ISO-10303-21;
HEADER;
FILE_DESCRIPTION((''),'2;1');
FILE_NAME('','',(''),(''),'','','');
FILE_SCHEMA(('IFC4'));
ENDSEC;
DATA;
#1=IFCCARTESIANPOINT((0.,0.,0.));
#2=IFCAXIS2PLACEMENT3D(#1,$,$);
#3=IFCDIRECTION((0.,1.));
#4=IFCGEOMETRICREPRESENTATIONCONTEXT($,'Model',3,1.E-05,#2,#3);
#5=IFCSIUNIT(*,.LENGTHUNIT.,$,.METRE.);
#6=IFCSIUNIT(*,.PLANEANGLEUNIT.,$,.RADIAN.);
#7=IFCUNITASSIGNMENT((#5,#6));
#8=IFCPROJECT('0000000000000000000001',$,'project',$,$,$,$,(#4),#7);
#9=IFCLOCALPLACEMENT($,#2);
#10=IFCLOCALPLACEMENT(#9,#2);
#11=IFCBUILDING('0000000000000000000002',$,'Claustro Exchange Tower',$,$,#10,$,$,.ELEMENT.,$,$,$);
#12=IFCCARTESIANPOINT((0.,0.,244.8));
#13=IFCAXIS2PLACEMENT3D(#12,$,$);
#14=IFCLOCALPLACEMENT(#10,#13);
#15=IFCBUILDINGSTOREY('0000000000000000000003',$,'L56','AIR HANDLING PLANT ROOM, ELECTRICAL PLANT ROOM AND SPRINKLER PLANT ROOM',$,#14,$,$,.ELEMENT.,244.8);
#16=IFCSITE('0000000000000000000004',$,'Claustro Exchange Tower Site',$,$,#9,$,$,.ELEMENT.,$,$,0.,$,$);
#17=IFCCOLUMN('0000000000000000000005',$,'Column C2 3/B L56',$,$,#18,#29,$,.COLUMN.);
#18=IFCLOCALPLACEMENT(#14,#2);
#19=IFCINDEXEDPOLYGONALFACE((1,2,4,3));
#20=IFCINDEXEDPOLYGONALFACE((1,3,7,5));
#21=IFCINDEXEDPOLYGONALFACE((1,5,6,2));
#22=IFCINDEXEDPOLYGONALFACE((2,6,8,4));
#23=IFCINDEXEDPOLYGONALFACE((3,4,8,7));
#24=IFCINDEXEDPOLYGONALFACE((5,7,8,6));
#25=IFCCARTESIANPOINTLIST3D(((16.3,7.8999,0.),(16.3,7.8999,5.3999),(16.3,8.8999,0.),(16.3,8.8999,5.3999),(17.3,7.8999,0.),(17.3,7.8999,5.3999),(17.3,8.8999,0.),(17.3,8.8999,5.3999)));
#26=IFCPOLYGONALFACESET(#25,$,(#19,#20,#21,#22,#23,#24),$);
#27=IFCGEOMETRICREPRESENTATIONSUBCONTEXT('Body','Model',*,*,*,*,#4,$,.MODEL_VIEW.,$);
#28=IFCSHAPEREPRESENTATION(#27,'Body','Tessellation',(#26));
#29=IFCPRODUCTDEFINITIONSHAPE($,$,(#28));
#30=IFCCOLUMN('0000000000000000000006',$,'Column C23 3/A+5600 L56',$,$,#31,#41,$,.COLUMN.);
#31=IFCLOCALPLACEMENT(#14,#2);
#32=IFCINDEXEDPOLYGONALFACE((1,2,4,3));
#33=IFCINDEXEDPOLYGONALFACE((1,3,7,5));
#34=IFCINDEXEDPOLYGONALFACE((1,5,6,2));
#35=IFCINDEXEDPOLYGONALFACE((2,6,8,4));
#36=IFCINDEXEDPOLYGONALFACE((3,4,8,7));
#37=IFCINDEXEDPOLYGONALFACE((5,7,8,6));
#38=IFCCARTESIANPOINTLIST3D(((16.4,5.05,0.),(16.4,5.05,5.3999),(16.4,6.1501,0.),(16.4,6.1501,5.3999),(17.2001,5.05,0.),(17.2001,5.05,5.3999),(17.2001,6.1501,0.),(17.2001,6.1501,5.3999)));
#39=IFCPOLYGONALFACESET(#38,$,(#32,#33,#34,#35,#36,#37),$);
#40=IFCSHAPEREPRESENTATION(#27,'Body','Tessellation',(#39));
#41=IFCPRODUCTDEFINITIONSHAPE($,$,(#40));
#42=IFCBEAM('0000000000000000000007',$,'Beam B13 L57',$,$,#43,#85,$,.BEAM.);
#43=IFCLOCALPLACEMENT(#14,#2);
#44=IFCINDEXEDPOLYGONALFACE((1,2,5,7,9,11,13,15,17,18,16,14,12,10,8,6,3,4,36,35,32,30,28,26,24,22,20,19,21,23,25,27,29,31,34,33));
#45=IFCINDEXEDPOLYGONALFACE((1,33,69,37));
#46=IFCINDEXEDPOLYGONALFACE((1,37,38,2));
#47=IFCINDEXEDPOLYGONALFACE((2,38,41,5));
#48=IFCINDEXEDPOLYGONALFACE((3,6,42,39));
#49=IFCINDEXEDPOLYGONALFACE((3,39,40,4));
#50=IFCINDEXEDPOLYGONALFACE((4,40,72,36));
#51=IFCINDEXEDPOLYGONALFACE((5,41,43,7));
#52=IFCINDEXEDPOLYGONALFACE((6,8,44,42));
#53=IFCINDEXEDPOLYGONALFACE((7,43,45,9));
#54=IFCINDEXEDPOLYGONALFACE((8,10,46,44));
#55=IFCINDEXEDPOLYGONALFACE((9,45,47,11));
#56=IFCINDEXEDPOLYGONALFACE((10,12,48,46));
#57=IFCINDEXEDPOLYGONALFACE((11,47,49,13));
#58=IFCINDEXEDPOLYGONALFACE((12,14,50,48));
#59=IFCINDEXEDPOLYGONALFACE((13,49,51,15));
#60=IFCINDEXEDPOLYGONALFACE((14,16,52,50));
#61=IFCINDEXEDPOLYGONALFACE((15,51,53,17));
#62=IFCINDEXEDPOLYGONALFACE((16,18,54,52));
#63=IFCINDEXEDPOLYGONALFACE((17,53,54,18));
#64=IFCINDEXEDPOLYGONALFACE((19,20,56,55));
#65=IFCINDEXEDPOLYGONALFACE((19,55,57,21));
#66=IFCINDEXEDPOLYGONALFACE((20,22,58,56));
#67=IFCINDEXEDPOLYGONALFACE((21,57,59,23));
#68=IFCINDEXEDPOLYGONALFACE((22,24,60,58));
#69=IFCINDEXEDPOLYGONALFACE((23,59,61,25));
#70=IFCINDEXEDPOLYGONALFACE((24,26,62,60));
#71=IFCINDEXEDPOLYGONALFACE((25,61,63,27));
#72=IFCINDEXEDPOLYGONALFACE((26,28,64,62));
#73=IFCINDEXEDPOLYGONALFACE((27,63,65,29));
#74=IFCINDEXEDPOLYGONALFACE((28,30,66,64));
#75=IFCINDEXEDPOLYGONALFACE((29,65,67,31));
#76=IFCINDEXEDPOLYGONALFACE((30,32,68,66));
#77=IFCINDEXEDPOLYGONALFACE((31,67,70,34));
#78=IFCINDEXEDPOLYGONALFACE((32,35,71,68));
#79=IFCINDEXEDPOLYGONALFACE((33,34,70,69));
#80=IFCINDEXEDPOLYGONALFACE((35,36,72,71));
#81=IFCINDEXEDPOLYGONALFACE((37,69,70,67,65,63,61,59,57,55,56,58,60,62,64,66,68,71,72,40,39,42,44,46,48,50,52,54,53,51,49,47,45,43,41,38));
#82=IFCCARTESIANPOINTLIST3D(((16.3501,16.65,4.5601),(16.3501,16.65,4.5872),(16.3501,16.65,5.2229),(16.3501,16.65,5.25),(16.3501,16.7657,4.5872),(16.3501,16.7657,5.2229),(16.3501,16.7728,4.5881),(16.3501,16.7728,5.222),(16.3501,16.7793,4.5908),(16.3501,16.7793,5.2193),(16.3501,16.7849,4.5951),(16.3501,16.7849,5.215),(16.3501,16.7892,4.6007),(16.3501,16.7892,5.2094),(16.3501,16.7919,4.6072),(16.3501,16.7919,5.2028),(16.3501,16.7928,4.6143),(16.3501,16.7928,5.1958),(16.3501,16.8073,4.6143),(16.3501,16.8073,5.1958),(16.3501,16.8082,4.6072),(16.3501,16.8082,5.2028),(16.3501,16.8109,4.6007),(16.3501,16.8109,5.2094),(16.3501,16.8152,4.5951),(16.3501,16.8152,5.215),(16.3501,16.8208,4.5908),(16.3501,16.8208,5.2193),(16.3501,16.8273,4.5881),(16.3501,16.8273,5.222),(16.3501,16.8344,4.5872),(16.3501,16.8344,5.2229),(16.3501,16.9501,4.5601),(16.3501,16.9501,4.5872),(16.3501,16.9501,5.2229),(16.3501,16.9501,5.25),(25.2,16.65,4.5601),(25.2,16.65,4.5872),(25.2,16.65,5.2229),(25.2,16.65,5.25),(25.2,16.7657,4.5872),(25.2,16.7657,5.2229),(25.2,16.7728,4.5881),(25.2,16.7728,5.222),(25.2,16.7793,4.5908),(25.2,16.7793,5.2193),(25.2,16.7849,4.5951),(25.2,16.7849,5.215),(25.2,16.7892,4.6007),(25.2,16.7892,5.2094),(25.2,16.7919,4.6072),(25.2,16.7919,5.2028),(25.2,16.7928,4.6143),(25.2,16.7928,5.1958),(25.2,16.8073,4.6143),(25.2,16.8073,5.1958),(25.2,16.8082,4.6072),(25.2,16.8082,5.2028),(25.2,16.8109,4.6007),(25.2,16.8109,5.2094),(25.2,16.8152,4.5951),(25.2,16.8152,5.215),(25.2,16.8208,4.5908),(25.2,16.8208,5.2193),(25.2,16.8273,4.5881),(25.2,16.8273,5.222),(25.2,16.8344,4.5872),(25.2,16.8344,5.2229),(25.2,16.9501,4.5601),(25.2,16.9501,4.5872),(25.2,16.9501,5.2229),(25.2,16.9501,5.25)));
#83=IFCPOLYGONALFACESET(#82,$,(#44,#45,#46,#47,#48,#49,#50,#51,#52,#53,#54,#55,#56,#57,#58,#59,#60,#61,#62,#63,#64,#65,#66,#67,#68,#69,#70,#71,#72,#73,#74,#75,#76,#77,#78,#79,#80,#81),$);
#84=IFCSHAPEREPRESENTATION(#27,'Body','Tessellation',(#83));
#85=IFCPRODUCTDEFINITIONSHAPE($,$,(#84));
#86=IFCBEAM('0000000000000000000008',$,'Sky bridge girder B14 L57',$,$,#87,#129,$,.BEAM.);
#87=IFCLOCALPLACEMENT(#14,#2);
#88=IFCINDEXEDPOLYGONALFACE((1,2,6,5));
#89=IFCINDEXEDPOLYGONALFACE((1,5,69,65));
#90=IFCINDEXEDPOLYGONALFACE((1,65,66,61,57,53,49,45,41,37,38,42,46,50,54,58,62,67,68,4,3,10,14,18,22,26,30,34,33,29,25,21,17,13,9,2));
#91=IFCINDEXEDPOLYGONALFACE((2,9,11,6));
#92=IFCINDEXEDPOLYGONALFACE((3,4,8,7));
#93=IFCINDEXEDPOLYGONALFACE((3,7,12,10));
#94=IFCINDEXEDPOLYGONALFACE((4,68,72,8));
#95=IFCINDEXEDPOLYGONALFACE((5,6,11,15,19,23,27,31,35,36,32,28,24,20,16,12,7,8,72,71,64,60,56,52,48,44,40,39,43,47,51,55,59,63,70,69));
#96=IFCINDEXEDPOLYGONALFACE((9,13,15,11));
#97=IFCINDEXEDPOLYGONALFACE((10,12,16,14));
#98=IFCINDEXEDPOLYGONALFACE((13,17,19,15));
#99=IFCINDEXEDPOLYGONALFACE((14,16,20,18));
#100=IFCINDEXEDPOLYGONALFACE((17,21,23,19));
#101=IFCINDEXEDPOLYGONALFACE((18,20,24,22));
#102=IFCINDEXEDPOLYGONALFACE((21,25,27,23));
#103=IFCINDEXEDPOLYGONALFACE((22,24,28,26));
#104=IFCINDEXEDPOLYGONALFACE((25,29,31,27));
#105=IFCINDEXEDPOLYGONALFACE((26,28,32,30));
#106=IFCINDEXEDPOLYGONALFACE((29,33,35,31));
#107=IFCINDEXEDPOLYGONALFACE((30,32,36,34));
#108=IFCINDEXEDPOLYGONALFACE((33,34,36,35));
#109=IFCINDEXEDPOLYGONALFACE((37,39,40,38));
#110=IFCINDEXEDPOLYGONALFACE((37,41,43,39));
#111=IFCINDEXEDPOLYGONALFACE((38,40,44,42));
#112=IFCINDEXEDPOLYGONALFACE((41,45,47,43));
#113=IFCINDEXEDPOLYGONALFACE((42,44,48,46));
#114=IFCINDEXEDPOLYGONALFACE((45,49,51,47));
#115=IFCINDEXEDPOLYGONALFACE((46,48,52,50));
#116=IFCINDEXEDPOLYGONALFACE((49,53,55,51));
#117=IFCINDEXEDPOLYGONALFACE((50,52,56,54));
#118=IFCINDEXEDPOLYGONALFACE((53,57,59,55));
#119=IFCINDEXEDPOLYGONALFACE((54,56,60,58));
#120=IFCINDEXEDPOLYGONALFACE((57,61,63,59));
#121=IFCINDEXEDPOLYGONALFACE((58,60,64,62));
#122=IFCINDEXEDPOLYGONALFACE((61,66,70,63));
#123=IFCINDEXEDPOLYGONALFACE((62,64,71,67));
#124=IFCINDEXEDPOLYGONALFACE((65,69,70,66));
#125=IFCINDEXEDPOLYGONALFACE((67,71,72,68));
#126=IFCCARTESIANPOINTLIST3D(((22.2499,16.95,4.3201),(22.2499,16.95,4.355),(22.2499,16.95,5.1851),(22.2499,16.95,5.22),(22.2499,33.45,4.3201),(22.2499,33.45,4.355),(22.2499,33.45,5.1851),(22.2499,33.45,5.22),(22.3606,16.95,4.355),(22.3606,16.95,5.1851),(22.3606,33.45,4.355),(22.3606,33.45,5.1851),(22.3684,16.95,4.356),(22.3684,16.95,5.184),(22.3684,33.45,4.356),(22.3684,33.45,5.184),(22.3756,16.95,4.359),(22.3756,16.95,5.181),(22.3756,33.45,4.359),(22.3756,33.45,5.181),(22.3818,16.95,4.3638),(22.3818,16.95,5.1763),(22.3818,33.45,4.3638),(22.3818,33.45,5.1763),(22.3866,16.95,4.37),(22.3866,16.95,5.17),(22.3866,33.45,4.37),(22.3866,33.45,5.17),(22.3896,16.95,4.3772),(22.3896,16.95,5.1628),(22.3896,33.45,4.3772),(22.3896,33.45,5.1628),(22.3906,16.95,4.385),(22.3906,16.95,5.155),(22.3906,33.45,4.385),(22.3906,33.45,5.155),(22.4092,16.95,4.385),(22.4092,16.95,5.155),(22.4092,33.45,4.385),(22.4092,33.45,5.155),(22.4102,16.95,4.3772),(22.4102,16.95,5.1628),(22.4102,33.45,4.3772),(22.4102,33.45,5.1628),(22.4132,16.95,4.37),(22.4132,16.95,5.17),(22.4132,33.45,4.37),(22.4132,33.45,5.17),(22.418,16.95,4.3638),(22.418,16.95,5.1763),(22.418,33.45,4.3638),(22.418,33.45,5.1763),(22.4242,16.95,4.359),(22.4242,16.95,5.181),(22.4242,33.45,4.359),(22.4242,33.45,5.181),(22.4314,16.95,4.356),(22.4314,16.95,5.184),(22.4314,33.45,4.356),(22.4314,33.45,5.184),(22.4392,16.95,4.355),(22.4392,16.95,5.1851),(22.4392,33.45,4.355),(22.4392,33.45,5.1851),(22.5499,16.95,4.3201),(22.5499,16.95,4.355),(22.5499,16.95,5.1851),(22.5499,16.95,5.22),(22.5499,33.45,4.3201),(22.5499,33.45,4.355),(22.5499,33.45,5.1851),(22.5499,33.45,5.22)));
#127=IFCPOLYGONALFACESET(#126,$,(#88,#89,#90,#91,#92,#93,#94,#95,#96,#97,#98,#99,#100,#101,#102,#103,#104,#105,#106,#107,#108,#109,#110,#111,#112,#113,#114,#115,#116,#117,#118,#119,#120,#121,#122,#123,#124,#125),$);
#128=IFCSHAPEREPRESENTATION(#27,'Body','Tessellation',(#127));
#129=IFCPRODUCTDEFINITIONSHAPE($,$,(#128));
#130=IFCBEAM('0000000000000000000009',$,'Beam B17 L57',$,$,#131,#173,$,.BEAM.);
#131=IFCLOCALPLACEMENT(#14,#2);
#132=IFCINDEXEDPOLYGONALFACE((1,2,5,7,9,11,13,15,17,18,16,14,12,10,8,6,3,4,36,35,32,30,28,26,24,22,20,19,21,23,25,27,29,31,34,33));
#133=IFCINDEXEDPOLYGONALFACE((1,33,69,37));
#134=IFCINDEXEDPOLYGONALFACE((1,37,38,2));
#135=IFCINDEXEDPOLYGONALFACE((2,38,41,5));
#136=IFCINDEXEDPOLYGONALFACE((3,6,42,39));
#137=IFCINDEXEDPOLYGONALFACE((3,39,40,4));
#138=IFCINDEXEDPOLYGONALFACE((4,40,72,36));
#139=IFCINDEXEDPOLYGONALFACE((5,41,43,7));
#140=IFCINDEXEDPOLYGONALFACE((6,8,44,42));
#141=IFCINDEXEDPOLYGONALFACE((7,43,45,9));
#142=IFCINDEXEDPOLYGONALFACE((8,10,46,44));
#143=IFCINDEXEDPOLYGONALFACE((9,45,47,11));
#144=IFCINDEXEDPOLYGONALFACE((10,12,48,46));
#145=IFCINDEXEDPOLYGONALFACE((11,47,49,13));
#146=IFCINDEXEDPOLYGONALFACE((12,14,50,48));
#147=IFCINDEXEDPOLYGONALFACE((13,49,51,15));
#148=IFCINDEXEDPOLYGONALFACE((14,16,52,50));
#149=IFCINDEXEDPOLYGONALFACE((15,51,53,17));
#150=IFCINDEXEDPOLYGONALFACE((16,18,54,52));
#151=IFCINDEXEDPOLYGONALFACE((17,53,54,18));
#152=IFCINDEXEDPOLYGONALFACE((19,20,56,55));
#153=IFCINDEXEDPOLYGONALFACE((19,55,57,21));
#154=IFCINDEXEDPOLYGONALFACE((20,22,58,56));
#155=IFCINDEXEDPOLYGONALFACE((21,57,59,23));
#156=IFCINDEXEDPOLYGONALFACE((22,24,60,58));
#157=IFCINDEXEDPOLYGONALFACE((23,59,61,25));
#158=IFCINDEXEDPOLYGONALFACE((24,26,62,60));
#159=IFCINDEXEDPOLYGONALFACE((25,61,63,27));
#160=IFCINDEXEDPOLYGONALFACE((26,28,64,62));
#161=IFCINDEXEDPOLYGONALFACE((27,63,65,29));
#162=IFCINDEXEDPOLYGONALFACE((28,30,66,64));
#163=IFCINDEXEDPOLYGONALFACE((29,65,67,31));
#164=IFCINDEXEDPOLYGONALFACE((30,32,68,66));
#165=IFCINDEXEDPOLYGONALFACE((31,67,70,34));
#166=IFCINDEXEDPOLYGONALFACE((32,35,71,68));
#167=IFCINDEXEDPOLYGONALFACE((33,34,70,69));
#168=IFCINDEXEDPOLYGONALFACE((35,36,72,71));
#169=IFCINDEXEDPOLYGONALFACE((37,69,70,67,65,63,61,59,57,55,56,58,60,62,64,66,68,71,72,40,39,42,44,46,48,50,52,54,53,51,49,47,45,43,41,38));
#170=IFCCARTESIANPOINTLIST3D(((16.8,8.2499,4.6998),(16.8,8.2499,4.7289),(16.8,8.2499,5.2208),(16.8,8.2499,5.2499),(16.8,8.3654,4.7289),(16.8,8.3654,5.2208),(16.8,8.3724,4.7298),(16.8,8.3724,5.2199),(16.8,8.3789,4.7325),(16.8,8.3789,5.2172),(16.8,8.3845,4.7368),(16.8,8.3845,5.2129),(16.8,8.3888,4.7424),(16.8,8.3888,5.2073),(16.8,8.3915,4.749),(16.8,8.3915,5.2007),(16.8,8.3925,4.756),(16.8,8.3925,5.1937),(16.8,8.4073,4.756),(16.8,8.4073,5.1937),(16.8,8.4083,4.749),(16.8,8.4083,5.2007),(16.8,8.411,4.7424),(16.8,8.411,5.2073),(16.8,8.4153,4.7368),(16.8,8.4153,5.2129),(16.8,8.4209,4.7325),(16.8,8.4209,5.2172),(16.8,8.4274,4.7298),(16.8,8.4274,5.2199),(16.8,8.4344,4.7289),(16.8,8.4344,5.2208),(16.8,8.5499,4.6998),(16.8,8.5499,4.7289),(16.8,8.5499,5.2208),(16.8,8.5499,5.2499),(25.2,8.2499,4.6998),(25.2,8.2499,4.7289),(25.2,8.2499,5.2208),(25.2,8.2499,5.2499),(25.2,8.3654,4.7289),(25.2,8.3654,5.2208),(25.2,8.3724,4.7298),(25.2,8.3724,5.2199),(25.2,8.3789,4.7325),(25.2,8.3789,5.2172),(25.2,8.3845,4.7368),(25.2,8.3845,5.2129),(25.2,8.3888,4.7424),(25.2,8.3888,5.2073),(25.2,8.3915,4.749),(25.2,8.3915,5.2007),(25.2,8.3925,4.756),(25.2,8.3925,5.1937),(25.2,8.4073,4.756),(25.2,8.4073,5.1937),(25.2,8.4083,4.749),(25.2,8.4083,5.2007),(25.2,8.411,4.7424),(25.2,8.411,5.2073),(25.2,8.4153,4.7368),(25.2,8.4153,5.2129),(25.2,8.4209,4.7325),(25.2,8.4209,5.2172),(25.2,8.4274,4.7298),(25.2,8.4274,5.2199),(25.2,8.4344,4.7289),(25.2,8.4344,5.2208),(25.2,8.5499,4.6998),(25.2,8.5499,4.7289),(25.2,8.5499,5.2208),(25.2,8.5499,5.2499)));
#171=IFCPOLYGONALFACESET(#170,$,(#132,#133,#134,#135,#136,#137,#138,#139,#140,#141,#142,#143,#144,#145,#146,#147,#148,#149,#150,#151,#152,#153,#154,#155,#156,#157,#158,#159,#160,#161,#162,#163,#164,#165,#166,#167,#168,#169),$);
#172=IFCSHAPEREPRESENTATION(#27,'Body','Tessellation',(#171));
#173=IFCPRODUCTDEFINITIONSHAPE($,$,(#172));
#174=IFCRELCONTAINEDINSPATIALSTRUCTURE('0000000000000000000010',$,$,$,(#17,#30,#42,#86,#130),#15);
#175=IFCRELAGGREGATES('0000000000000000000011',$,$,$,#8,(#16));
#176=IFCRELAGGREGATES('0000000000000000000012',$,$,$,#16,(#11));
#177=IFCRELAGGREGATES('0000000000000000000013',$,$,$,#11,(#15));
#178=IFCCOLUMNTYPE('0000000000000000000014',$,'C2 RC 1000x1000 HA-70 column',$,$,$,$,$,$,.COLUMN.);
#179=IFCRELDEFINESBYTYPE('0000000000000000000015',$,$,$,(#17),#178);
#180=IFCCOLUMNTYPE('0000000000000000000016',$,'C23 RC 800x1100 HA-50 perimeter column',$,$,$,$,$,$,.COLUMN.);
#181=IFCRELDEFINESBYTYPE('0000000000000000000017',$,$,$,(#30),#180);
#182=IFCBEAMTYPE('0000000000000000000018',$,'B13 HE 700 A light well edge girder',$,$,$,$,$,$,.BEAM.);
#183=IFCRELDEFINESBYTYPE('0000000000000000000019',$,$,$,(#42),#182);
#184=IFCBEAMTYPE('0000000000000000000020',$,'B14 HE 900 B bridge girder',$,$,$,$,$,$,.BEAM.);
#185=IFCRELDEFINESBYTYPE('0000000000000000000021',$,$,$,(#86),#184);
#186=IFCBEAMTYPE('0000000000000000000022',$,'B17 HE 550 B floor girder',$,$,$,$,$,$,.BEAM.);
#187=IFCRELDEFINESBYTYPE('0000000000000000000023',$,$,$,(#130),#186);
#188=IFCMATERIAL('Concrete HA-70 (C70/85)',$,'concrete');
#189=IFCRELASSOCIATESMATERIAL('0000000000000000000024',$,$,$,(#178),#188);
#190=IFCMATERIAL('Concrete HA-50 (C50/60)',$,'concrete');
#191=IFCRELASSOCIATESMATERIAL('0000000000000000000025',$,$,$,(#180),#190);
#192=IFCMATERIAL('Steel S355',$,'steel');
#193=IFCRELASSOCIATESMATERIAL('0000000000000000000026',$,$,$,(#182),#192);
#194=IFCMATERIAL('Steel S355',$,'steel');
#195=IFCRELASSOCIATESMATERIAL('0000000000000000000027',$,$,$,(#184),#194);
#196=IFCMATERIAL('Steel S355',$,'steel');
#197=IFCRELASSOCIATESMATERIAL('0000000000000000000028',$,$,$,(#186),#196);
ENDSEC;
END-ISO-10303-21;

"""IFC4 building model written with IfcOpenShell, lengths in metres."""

from ifc_helpers import new_model, si_unit, direction, frame, origin, origin_2d, place, context, subcontext, project, spatial, rectangle, i_section, extrude, material, material_profile, profile_set, type_object, element, save


model = new_model("IFC4")

# Units and contexts
model_context = context("Model", 3, precision=1e-05, world=origin(), true_north=direction((0.0, 1.0)))
body_context = subcontext(model_context, "Body", "Model", "MODEL_VIEW")
ifc_project = project(units=[si_unit("LENGTHUNIT", "METRE"), si_unit("PLANEANGLEUNIT", "RADIAN")], contexts=[model_context])

# Site, building, storey
site_placement = place(None, origin())
site = spatial("IfcSite", under=ifc_project, at=site_placement, Name="Claustro Exchange Tower Site", CompositionType="ELEMENT", RefElevation=0.0)
building_placement = place(site_placement, origin())
building = spatial("IfcBuilding", under=site, at=building_placement, Name="Claustro Exchange Tower", CompositionType="ELEMENT")
storey_placement = place(building_placement, frame((0.0, 0.0, 244.8)))
storey = spatial("IfcBuildingStorey", under=building, at=storey_placement, Name="L56", Description="AIR HANDLING PLANT ROOM, ELECTRICAL PLANT ROOM AND SPRINKLER PLANT ROOM", CompositionType="ELEMENT", Elevation=244.8)

# Columns
ifc_material_1 = material(Name="Concrete HA-70 (C70/85)", Category="concrete")
ifc_material_profile_1 = material_profile(ifc_material_1, rectangle(XDim=1.0, YDim=1.0, at=origin_2d()), Name="RC 1000x1000")
ifc_profile_set_1 = profile_set([ifc_material_profile_1], Name="Concrete HA-70 (C70/85)")
column_type_1 = type_object("IfcColumnType", Name="C2 RC 1000x1000 HA-70 column", PredefinedType="COLUMN", material=ifc_profile_set_1)
column_1_placement = place(storey_placement, frame((16.8, 8.3999, 0.0), z_axis=(0.0, 0.0, 1.0), x_axis=(1.0, 0.0, 0.0)))
element("IfcColumn", 1, at=column_1_placement, inside=storey, type_object=column_type_1, Name="Column C2 3/B L56", PredefinedType="COLUMN", context=body_context, shape_type="SweptSolid", body=[
    extrude(rectangle(XDim=1.0, YDim=1.0, at=origin_2d()), origin(), (0.0, 0.0, 1.0), 5.3999),
])
ifc_material_2 = material(Name="Concrete HA-50 (C50/60)", Category="concrete")
ifc_material_profile_2 = material_profile(ifc_material_2, rectangle(XDim=0.8, YDim=1.1001, at=origin_2d()), Name="RC 800x1100")
ifc_profile_set_2 = profile_set([ifc_material_profile_2], Name="Concrete HA-50 (C50/60)")
column_type_2 = type_object("IfcColumnType", Name="C23 RC 800x1100 HA-50 perimeter column", PredefinedType="COLUMN", material=ifc_profile_set_2)
column_2_placement = place(storey_placement, frame((16.8, 5.6001, 0.0), z_axis=(0.0, 0.0, 1.0), x_axis=(1.0, 0.0, 0.0)))
element("IfcColumn", 2, at=column_2_placement, inside=storey, type_object=column_type_2, Name="Column C23 3/A+5600 L56", PredefinedType="COLUMN", context=body_context, shape_type="SweptSolid", body=[
    extrude(rectangle(XDim=0.8, YDim=1.1001, at=origin_2d()), origin(), (0.0, 0.0, 1.0), 5.3999),
])

# Beams
ifc_material_3 = material(Name="Steel S355", Category="steel")
ifc_material_profile_3 = material_profile(ifc_material_3, i_section(OverallWidth=0.3, OverallDepth=0.6899, WebThickness=0.0144, FlangeThickness=0.0271, FilletRadius=0.0271, at=origin_2d()), Name="HE 700 A")
ifc_profile_set_3 = profile_set([ifc_material_profile_3], Name="Steel S355")
beam_type_1 = type_object("IfcBeamType", Name="B13 HE 700 A light well edge girder", PredefinedType="BEAM", material=ifc_profile_set_3)
beam_1_placement = place(storey_placement, frame((16.3501, 16.8, 4.905), z_axis=(1.0, 0.0, 0.0), x_axis=(0.0, 1.0, 0.0)))
element("IfcBeam", 3, at=beam_1_placement, inside=storey, type_object=beam_type_1, Name="Beam B13 L57", PredefinedType="BEAM", context=body_context, shape_type="SweptSolid", body=[
    extrude(i_section(OverallWidth=0.3, OverallDepth=0.6899, WebThickness=0.0144, FlangeThickness=0.0271, FilletRadius=0.0271, at=origin_2d()), origin(), (0.0, 0.0, 1.0), 8.8499),
])
ifc_material_4 = material(Name="Steel S355", Category="steel")
ifc_material_profile_4 = material_profile(ifc_material_4, i_section(OverallWidth=0.3, OverallDepth=0.8999, WebThickness=0.0186, FlangeThickness=0.0349, FilletRadius=0.03, at=origin_2d()), Name="HE 900 B")
ifc_profile_set_4 = profile_set([ifc_material_profile_4], Name="Steel S355")
beam_type_2 = type_object("IfcBeamType", Name="B14 HE 900 B bridge girder", PredefinedType="BEAM", material=ifc_profile_set_4)
beam_2_placement = place(storey_placement, frame((22.3999, 16.95, 4.77), z_axis=(0.0, 1.0, 0.0), x_axis=(-1.0, 0.0, 0.0)))
element("IfcBeam", 4, at=beam_2_placement, inside=storey, type_object=beam_type_2, Name="Sky bridge girder B14 L57", PredefinedType="BEAM", context=body_context, shape_type="SweptSolid", body=[
    extrude(i_section(OverallWidth=0.3, OverallDepth=0.8999, WebThickness=0.0186, FlangeThickness=0.0349, FilletRadius=0.03, at=origin_2d()), origin(), (0.0, 0.0, 1.0), 16.5),
])
ifc_material_5 = material(Name="Steel S355", Category="steel")
ifc_material_profile_5 = material_profile(ifc_material_5, i_section(OverallWidth=0.3, OverallDepth=0.55, WebThickness=0.0149, FlangeThickness=0.0291, FilletRadius=0.0271, at=origin_2d()), Name="HE 550 B")
ifc_profile_set_5 = profile_set([ifc_material_profile_5], Name="Steel S355")
beam_type_3 = type_object("IfcBeamType", Name="B17 HE 550 B floor girder", PredefinedType="BEAM", material=ifc_profile_set_5)
beam_3_placement = place(storey_placement, frame((16.8, 8.3999, 4.9749), z_axis=(1.0, 0.0, 0.0), x_axis=(0.0, 1.0, 0.0)))
element("IfcBeam", 5, at=beam_3_placement, inside=storey, type_object=beam_type_3, Name="Beam B17 L57", PredefinedType="BEAM", context=body_context, shape_type="SweptSolid", body=[
    extrude(i_section(OverallWidth=0.3, OverallDepth=0.55, WebThickness=0.0149, FlangeThickness=0.0291, FilletRadius=0.0271, at=origin_2d()), origin(), (0.0, 0.0, 1.0), 8.3999),
])

save(model, "model.ifc")
